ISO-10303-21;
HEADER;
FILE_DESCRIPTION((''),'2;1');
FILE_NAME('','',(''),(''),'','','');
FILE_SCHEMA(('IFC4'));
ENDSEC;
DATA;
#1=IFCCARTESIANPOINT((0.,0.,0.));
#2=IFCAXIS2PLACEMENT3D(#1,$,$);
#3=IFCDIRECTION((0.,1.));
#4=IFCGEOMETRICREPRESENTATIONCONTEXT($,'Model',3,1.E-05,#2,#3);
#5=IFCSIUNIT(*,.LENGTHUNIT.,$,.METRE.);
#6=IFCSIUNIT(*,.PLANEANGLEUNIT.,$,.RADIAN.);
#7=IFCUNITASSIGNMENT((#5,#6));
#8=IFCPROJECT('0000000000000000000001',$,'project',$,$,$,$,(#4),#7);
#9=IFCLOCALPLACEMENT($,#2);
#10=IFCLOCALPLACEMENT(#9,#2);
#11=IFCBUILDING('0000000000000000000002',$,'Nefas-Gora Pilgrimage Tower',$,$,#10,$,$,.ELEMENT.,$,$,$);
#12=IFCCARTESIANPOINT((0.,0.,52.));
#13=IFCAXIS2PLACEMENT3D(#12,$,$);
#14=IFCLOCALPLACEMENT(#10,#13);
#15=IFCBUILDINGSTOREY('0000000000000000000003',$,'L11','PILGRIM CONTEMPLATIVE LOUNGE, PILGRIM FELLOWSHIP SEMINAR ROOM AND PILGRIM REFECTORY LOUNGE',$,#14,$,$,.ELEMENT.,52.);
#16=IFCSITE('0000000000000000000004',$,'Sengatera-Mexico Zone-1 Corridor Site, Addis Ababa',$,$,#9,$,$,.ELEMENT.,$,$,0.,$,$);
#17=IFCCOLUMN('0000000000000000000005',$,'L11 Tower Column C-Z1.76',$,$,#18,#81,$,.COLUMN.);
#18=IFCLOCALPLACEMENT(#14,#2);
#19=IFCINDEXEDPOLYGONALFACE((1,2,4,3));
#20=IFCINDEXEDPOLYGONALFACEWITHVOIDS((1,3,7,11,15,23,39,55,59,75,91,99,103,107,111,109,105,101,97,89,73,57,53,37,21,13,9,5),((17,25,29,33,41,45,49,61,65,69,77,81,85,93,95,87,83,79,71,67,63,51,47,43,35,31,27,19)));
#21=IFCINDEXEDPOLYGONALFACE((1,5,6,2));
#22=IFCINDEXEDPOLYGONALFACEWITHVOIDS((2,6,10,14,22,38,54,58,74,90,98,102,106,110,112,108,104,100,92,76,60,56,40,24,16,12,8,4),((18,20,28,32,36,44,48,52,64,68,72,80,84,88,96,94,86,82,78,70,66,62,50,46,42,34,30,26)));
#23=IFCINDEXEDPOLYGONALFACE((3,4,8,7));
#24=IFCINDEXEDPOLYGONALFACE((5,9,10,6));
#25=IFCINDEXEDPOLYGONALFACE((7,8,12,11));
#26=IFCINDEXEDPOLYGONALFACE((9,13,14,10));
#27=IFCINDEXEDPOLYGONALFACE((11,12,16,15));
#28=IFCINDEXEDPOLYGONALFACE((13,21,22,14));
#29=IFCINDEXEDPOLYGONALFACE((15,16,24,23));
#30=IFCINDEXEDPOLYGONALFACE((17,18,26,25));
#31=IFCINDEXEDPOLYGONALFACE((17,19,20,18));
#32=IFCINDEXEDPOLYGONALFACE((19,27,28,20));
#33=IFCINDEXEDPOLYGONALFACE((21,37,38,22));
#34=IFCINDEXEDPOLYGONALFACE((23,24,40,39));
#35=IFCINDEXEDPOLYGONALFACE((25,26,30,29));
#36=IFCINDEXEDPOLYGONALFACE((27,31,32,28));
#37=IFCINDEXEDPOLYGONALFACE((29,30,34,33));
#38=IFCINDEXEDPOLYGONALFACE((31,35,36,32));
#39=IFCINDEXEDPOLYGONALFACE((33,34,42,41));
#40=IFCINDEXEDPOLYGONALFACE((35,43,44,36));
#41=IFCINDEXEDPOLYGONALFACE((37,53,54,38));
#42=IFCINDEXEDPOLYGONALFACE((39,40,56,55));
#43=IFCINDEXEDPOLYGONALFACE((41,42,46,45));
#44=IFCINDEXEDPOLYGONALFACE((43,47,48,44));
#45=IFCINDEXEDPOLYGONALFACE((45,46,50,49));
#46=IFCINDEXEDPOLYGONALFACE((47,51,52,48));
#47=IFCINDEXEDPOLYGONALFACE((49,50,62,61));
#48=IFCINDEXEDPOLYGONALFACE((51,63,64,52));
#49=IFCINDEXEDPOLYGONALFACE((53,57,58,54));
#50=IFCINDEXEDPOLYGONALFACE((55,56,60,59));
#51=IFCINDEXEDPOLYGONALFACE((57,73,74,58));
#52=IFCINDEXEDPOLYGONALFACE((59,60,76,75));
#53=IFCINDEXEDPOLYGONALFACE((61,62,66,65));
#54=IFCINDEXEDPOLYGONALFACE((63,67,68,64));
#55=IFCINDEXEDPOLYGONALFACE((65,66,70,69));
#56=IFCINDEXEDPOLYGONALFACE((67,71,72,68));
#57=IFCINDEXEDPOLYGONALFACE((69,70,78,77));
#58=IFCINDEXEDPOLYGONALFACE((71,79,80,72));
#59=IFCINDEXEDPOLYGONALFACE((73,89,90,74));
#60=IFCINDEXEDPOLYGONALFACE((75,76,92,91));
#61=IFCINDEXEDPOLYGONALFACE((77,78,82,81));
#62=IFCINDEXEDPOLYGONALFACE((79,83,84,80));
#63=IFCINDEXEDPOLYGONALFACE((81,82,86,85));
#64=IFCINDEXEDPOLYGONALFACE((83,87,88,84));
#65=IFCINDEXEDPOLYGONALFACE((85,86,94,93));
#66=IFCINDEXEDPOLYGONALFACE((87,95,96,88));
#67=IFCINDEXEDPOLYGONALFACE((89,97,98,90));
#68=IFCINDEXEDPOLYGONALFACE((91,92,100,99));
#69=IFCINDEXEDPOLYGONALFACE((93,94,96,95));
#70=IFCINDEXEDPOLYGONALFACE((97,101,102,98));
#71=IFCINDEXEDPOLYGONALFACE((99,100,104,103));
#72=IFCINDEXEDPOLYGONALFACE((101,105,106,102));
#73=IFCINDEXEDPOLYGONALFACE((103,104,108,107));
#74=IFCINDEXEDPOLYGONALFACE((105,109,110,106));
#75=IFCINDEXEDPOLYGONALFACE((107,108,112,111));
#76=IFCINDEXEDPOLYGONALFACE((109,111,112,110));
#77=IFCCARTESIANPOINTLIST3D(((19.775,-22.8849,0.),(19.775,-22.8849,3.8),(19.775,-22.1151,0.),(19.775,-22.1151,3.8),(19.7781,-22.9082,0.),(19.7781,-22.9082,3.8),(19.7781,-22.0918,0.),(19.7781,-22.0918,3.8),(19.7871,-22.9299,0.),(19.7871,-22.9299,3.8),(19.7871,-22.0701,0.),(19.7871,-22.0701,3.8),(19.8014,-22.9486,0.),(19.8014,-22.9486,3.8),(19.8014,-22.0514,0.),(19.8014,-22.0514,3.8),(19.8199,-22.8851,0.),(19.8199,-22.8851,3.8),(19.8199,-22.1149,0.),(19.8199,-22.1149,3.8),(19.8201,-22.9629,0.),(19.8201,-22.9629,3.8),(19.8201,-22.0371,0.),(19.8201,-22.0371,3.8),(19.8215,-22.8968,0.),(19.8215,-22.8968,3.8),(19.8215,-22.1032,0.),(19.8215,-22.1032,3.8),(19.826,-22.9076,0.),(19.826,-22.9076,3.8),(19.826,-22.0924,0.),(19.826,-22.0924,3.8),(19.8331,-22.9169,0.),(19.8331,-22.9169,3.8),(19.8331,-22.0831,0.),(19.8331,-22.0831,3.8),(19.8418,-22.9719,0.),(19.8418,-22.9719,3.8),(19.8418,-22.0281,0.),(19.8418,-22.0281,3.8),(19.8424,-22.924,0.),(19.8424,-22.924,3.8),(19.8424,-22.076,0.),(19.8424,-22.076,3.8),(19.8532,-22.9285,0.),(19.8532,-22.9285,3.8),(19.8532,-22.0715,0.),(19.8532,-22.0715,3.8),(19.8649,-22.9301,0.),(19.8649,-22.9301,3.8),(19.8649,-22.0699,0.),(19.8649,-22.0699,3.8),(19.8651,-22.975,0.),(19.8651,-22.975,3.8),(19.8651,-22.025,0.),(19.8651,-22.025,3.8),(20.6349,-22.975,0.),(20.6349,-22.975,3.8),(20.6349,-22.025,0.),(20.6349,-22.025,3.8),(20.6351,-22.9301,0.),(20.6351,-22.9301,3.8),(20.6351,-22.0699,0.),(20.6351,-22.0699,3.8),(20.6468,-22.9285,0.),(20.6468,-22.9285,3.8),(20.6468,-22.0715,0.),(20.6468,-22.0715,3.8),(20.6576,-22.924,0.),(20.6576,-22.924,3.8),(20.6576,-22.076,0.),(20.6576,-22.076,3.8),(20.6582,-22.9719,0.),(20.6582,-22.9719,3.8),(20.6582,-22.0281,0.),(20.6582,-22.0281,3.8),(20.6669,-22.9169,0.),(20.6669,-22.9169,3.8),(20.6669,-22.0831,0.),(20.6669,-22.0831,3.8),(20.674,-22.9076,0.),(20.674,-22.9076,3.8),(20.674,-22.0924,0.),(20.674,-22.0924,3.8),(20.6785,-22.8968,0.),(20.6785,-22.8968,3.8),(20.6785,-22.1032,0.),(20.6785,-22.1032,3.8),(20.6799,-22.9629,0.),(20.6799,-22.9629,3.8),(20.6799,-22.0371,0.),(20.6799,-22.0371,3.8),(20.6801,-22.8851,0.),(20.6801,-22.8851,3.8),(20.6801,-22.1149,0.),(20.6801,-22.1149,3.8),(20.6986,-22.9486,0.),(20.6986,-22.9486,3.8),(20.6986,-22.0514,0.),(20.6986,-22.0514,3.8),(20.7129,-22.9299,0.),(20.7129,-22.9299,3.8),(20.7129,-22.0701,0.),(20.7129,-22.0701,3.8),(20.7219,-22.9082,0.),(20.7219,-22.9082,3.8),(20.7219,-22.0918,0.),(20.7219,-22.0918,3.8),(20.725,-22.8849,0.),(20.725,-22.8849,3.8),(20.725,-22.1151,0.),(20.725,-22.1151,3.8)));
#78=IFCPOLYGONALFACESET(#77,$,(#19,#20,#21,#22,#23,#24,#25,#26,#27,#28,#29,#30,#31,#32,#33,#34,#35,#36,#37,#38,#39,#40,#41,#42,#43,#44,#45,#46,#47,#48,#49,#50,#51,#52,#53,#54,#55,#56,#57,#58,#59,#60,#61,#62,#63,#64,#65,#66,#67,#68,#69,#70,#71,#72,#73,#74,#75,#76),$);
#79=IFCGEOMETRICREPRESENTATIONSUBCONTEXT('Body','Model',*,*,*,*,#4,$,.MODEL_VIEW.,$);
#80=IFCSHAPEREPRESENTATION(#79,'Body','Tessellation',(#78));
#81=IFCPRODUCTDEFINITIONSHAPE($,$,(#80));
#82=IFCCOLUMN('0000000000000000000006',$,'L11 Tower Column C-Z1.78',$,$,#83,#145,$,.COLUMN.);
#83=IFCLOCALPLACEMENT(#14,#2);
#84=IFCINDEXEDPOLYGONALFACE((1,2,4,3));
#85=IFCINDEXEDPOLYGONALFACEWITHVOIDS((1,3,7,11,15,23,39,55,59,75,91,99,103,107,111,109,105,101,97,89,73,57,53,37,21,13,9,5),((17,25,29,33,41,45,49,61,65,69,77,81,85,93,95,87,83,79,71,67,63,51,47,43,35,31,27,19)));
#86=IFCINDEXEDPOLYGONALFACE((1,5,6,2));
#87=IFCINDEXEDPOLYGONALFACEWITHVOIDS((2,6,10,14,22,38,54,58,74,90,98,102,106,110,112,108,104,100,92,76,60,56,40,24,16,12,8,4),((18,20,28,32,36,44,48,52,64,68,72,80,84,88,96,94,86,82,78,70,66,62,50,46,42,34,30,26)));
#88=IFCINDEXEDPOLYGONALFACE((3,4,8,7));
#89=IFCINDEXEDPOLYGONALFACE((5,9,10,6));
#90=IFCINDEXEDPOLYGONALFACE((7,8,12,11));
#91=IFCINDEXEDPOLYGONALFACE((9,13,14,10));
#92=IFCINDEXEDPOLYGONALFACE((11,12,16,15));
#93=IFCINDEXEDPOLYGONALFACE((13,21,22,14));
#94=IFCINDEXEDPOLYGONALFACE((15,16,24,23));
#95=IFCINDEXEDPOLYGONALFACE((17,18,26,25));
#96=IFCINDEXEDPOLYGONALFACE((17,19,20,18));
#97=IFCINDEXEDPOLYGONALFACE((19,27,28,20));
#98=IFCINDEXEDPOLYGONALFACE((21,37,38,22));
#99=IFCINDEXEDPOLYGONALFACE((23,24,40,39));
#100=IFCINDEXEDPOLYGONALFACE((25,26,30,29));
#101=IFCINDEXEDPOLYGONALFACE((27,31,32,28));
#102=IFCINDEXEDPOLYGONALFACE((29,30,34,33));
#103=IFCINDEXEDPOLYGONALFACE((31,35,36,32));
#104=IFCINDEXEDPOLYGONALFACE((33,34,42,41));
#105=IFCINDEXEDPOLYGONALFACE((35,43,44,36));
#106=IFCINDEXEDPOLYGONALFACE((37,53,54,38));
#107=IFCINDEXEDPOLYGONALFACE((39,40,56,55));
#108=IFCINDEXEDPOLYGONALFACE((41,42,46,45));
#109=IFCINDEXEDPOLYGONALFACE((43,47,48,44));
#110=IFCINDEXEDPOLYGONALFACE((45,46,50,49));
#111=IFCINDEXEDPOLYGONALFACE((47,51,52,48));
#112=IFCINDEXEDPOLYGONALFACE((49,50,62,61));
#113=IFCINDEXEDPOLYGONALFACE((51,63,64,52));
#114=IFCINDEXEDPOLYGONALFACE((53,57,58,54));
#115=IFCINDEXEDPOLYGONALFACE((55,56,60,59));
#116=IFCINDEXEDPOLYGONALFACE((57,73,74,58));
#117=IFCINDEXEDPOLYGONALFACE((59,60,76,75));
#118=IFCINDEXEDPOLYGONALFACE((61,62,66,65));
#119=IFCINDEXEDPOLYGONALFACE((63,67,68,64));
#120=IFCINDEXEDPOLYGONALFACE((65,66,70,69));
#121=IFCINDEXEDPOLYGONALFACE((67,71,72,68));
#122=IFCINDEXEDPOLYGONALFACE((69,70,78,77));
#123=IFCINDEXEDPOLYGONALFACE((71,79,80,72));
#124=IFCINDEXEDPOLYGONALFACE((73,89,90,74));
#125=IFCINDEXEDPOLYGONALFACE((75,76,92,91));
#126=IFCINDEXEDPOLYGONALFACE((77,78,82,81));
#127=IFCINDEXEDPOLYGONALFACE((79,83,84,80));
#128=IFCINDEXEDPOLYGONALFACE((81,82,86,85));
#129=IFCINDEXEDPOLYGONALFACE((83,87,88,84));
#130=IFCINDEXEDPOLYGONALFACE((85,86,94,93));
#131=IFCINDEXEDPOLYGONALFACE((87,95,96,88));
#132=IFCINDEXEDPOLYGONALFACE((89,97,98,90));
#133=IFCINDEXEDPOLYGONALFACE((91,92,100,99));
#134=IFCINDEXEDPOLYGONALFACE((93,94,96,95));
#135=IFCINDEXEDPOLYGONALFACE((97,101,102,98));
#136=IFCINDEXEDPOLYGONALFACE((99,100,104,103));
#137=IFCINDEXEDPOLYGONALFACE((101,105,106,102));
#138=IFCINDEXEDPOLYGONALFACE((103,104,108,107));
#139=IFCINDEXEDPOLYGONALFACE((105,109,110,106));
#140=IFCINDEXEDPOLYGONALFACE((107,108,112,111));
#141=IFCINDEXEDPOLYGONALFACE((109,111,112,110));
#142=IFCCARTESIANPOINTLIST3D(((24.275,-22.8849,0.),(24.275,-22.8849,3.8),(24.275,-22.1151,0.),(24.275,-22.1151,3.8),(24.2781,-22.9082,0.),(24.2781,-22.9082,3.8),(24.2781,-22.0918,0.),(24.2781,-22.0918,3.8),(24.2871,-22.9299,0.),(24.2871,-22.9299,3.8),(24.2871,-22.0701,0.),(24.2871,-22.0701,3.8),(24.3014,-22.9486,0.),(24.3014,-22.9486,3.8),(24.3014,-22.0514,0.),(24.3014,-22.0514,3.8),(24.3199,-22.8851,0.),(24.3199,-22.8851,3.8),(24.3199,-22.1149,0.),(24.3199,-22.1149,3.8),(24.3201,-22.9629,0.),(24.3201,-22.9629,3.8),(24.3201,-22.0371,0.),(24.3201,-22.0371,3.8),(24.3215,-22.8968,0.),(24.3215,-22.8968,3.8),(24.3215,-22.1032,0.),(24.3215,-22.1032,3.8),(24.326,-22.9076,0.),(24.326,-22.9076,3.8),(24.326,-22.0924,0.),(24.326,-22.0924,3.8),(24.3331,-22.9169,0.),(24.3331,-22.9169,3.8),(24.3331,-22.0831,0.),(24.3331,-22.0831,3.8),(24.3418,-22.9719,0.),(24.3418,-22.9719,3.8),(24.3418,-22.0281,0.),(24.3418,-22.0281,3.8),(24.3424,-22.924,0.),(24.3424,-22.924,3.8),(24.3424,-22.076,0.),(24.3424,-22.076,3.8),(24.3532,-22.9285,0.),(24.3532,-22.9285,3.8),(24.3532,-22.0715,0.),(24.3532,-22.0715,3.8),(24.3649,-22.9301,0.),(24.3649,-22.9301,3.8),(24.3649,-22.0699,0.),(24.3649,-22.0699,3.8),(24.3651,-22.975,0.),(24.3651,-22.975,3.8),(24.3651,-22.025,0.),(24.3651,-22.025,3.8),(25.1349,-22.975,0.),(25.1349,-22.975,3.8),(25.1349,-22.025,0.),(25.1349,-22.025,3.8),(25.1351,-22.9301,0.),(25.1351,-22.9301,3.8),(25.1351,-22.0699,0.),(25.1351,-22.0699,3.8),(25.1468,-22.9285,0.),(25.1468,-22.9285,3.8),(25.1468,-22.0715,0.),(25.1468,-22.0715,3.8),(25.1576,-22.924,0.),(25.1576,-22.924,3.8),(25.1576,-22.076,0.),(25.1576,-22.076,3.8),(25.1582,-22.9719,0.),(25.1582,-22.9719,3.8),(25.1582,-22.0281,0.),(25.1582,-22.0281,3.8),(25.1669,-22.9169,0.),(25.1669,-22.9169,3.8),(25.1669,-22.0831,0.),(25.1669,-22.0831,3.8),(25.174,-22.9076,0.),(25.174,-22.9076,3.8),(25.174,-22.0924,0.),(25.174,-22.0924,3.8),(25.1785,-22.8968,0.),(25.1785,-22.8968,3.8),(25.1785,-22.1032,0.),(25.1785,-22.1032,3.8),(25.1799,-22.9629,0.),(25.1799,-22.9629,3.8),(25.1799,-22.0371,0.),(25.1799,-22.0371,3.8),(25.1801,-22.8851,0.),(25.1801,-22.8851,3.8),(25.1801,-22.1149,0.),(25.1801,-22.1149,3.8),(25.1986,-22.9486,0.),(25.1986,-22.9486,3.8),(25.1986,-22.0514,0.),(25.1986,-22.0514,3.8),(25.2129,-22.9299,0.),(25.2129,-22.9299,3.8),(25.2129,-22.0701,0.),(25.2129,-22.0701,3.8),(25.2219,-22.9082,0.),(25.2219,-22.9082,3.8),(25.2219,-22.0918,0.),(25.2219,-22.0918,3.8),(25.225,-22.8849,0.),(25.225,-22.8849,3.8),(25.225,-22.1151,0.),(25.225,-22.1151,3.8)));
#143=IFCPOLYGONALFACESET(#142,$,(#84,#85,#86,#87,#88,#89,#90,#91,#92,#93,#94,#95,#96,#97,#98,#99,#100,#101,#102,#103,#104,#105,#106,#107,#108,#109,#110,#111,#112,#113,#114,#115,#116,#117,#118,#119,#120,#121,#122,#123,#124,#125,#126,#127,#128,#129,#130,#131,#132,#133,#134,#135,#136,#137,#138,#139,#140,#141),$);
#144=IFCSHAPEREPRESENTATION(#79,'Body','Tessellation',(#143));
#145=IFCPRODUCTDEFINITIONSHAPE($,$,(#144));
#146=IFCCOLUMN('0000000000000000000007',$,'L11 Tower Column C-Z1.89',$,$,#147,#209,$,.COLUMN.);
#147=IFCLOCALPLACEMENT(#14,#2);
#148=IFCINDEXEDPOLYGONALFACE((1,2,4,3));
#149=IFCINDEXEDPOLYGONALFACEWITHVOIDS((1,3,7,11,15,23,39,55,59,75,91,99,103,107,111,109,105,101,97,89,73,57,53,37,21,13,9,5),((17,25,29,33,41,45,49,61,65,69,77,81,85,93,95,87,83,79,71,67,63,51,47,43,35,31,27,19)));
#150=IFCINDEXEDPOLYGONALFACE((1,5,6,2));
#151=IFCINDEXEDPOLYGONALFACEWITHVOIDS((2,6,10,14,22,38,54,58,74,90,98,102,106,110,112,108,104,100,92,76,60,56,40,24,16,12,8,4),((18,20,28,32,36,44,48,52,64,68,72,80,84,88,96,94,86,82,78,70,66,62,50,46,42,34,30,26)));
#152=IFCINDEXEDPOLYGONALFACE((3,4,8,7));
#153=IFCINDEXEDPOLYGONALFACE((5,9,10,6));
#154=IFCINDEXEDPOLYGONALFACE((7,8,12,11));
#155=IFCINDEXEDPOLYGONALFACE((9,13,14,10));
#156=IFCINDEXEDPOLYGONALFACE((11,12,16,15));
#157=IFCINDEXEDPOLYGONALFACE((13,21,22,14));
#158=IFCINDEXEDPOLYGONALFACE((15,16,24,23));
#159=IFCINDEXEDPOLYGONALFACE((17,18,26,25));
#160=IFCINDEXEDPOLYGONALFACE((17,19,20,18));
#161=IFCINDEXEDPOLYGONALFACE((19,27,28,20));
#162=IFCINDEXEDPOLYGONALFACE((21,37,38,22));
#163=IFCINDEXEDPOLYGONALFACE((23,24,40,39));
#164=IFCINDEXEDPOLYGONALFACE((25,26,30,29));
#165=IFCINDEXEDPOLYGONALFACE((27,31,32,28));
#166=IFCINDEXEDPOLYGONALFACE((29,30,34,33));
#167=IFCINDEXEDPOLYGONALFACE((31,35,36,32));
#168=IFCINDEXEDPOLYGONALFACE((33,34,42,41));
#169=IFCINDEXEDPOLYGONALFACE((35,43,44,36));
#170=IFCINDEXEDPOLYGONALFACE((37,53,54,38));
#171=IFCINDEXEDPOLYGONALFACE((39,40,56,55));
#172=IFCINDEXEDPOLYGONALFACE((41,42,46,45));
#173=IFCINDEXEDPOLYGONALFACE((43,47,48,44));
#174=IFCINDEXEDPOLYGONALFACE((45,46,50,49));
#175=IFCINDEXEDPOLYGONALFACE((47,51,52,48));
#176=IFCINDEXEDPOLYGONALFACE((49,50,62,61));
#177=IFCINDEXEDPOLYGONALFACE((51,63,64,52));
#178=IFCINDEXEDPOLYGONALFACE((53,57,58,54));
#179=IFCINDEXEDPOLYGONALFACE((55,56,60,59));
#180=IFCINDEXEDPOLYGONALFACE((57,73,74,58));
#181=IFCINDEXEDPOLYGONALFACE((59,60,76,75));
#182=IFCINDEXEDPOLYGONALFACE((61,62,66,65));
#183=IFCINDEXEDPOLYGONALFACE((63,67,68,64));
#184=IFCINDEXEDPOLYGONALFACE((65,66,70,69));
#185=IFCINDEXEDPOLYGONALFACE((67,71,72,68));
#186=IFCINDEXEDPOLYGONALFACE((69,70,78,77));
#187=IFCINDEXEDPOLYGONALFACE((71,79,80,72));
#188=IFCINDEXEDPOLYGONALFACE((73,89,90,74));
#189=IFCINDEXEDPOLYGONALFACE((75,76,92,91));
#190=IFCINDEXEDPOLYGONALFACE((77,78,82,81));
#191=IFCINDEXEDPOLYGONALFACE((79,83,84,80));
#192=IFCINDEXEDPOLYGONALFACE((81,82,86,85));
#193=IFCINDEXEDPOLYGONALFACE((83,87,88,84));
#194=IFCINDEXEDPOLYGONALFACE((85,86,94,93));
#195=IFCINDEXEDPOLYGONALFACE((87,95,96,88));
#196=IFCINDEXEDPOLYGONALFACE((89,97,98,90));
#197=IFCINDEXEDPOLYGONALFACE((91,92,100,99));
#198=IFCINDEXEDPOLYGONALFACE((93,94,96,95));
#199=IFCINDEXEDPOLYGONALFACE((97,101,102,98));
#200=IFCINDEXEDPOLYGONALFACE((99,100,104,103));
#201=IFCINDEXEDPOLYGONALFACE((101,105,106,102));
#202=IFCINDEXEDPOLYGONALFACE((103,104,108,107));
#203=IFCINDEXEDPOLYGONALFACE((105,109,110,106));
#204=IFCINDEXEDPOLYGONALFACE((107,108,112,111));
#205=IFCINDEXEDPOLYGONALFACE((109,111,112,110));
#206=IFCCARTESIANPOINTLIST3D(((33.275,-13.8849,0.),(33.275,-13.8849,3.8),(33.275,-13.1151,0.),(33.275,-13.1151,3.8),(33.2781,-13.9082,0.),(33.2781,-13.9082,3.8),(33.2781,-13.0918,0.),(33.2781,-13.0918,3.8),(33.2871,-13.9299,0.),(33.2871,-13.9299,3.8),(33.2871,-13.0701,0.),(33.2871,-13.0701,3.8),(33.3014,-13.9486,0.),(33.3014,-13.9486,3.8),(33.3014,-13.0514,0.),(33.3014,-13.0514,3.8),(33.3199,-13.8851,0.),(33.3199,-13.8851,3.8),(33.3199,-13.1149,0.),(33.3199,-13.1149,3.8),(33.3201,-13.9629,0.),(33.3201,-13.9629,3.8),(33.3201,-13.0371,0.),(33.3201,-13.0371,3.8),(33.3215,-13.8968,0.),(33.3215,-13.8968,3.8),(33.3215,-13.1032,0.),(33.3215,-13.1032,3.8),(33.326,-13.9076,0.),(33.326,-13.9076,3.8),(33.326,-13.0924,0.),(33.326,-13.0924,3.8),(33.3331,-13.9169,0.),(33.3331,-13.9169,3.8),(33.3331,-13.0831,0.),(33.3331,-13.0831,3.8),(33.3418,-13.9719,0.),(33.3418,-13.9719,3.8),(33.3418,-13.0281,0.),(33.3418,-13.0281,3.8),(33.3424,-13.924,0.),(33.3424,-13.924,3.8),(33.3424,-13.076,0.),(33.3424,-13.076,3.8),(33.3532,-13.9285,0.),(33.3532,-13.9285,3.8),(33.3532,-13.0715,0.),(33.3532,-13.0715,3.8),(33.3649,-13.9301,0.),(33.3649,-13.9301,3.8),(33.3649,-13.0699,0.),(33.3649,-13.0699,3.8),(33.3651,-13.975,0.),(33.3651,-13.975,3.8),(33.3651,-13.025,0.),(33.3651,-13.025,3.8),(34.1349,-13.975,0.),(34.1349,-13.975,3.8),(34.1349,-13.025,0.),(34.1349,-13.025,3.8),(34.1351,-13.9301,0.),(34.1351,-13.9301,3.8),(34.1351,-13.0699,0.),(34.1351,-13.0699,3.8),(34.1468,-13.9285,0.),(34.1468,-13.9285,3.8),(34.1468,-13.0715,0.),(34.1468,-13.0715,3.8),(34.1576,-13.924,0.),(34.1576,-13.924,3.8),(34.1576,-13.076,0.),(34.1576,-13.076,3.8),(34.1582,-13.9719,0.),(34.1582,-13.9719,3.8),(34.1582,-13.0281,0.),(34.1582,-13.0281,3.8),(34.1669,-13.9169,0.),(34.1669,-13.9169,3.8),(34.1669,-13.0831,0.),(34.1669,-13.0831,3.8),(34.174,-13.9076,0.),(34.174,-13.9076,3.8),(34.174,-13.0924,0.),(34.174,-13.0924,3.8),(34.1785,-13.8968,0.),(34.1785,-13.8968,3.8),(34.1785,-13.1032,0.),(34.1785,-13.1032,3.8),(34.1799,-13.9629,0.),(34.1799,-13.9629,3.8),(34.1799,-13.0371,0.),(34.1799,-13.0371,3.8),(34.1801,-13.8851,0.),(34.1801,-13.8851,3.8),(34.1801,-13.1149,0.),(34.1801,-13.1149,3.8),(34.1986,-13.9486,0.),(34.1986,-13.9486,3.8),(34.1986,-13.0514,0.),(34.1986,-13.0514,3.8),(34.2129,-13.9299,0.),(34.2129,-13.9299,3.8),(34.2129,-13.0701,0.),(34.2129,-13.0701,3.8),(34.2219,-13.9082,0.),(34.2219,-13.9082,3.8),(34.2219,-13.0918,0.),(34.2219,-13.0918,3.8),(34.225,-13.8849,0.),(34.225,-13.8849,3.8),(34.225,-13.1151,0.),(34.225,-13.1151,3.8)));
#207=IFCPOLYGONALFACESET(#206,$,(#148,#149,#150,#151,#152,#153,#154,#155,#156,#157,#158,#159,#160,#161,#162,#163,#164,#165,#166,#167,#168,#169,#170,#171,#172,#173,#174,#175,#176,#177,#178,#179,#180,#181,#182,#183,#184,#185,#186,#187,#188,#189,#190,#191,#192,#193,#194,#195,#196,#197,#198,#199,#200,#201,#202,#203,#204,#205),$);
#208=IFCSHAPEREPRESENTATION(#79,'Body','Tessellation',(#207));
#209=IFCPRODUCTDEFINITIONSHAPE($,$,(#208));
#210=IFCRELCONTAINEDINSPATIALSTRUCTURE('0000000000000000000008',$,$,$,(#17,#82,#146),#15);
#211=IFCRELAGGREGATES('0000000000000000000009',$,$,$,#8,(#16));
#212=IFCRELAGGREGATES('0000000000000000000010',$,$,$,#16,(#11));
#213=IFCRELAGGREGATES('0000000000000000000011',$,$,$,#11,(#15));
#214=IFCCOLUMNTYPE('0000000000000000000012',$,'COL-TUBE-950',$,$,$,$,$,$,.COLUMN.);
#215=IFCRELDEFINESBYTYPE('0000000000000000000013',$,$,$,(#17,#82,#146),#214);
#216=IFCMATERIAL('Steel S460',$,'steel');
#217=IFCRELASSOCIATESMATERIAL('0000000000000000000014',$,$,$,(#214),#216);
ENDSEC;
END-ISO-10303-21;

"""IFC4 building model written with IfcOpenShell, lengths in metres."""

from ifc_helpers import new_model, si_unit, direction, frame, origin, origin_2d, place, context, subcontext, project, spatial, hollow_rectangle, extrude, source, transform, mapped, material, material_profile, profile_set, type_object, element, save


model = new_model("IFC4")

# Units and contexts
model_context = context("Model", 3, precision=1e-05, world=origin(), true_north=direction((0.0, 1.0)))
body_context = subcontext(model_context, "Body", "Model", "MODEL_VIEW")
ifc_project = project(units=[si_unit("LENGTHUNIT", "METRE"), si_unit("PLANEANGLEUNIT", "RADIAN")], contexts=[model_context])

# Site, building, storey
site_placement = place(None, origin())
site = spatial("IfcSite", under=ifc_project, at=site_placement, Name="Sengatera-Mexico Zone-1 Corridor Site, Addis Ababa", CompositionType="ELEMENT", RefElevation=0.0)
building_placement = place(site_placement, origin())
building = spatial("IfcBuilding", under=site, at=building_placement, Name="Nefas-Gora Pilgrimage Tower", CompositionType="ELEMENT")
storey_placement = place(building_placement, frame((0.0, 0.0, 52.0)))
storey = spatial("IfcBuildingStorey", under=building, at=storey_placement, Name="L11", Description="PILGRIM CONTEMPLATIVE LOUNGE, PILGRIM FELLOWSHIP SEMINAR ROOM AND PILGRIM REFECTORY LOUNGE", CompositionType="ELEMENT", Elevation=52.0)

# Columns
ifc_material_1 = material(Name="Steel S460", Category="steel")
ifc_material_profile_1 = material_profile(ifc_material_1, hollow_rectangle(XDim=0.95, YDim=0.95, WallThickness=0.0449, InnerFilletRadius=0.0449, OuterFilletRadius=0.0901, at=origin_2d()), Name="BOX 950x950x45")
ifc_profile_set_1 = profile_set([ifc_material_profile_1], Name="Steel S460")
column_type_1 = type_object("IfcColumnType", Name="COL-TUBE-950", PredefinedType="COLUMN", material=ifc_profile_set_1)
shared_shape_1 = source(origin(), body_context, "Body", "SweptSolid", [
    extrude(hollow_rectangle(XDim=0.95, YDim=0.95, WallThickness=0.0449, InnerFilletRadius=0.0449, OuterFilletRadius=0.0901, at=origin_2d()), origin(), (0.0, 0.0, 1.0), 3.8),
])
for number, where, z_axis, x_axis, name in (
    (1, (20.25, -22.5, 0.0), (0.0, 0.0, 1.0), (1.0, 0.0, 0.0), "L11 Tower Column C-Z1.76"),
    (2, (24.75, -22.5, 0.0), (0.0, 0.0, 1.0), (1.0, 0.0, 0.0), "L11 Tower Column C-Z1.78"),
    (3, (33.75, -13.5, 0.0), (0.0, 0.0, 1.0), (1.0, 0.0, 0.0), "L11 Tower Column C-Z1.89"),
):
    element("IfcColumn", number, at=place(storey_placement, frame(where, z_axis=z_axis, x_axis=x_axis)), inside=storey, type_object=column_type_1, Name=name, PredefinedType="COLUMN", context=body_context, shape_type="MappedRepresentation", body=[
        mapped(shared_shape_1, transform((0.0, 0.0, 0.0), x_axis=(1.0, 0.0, 0.0), y_axis=(0.0, 1.0, 0.0), z_axis=(0.0, 0.0, 1.0), scale=1.0)),
    ])

save(model, "model.ifc")
